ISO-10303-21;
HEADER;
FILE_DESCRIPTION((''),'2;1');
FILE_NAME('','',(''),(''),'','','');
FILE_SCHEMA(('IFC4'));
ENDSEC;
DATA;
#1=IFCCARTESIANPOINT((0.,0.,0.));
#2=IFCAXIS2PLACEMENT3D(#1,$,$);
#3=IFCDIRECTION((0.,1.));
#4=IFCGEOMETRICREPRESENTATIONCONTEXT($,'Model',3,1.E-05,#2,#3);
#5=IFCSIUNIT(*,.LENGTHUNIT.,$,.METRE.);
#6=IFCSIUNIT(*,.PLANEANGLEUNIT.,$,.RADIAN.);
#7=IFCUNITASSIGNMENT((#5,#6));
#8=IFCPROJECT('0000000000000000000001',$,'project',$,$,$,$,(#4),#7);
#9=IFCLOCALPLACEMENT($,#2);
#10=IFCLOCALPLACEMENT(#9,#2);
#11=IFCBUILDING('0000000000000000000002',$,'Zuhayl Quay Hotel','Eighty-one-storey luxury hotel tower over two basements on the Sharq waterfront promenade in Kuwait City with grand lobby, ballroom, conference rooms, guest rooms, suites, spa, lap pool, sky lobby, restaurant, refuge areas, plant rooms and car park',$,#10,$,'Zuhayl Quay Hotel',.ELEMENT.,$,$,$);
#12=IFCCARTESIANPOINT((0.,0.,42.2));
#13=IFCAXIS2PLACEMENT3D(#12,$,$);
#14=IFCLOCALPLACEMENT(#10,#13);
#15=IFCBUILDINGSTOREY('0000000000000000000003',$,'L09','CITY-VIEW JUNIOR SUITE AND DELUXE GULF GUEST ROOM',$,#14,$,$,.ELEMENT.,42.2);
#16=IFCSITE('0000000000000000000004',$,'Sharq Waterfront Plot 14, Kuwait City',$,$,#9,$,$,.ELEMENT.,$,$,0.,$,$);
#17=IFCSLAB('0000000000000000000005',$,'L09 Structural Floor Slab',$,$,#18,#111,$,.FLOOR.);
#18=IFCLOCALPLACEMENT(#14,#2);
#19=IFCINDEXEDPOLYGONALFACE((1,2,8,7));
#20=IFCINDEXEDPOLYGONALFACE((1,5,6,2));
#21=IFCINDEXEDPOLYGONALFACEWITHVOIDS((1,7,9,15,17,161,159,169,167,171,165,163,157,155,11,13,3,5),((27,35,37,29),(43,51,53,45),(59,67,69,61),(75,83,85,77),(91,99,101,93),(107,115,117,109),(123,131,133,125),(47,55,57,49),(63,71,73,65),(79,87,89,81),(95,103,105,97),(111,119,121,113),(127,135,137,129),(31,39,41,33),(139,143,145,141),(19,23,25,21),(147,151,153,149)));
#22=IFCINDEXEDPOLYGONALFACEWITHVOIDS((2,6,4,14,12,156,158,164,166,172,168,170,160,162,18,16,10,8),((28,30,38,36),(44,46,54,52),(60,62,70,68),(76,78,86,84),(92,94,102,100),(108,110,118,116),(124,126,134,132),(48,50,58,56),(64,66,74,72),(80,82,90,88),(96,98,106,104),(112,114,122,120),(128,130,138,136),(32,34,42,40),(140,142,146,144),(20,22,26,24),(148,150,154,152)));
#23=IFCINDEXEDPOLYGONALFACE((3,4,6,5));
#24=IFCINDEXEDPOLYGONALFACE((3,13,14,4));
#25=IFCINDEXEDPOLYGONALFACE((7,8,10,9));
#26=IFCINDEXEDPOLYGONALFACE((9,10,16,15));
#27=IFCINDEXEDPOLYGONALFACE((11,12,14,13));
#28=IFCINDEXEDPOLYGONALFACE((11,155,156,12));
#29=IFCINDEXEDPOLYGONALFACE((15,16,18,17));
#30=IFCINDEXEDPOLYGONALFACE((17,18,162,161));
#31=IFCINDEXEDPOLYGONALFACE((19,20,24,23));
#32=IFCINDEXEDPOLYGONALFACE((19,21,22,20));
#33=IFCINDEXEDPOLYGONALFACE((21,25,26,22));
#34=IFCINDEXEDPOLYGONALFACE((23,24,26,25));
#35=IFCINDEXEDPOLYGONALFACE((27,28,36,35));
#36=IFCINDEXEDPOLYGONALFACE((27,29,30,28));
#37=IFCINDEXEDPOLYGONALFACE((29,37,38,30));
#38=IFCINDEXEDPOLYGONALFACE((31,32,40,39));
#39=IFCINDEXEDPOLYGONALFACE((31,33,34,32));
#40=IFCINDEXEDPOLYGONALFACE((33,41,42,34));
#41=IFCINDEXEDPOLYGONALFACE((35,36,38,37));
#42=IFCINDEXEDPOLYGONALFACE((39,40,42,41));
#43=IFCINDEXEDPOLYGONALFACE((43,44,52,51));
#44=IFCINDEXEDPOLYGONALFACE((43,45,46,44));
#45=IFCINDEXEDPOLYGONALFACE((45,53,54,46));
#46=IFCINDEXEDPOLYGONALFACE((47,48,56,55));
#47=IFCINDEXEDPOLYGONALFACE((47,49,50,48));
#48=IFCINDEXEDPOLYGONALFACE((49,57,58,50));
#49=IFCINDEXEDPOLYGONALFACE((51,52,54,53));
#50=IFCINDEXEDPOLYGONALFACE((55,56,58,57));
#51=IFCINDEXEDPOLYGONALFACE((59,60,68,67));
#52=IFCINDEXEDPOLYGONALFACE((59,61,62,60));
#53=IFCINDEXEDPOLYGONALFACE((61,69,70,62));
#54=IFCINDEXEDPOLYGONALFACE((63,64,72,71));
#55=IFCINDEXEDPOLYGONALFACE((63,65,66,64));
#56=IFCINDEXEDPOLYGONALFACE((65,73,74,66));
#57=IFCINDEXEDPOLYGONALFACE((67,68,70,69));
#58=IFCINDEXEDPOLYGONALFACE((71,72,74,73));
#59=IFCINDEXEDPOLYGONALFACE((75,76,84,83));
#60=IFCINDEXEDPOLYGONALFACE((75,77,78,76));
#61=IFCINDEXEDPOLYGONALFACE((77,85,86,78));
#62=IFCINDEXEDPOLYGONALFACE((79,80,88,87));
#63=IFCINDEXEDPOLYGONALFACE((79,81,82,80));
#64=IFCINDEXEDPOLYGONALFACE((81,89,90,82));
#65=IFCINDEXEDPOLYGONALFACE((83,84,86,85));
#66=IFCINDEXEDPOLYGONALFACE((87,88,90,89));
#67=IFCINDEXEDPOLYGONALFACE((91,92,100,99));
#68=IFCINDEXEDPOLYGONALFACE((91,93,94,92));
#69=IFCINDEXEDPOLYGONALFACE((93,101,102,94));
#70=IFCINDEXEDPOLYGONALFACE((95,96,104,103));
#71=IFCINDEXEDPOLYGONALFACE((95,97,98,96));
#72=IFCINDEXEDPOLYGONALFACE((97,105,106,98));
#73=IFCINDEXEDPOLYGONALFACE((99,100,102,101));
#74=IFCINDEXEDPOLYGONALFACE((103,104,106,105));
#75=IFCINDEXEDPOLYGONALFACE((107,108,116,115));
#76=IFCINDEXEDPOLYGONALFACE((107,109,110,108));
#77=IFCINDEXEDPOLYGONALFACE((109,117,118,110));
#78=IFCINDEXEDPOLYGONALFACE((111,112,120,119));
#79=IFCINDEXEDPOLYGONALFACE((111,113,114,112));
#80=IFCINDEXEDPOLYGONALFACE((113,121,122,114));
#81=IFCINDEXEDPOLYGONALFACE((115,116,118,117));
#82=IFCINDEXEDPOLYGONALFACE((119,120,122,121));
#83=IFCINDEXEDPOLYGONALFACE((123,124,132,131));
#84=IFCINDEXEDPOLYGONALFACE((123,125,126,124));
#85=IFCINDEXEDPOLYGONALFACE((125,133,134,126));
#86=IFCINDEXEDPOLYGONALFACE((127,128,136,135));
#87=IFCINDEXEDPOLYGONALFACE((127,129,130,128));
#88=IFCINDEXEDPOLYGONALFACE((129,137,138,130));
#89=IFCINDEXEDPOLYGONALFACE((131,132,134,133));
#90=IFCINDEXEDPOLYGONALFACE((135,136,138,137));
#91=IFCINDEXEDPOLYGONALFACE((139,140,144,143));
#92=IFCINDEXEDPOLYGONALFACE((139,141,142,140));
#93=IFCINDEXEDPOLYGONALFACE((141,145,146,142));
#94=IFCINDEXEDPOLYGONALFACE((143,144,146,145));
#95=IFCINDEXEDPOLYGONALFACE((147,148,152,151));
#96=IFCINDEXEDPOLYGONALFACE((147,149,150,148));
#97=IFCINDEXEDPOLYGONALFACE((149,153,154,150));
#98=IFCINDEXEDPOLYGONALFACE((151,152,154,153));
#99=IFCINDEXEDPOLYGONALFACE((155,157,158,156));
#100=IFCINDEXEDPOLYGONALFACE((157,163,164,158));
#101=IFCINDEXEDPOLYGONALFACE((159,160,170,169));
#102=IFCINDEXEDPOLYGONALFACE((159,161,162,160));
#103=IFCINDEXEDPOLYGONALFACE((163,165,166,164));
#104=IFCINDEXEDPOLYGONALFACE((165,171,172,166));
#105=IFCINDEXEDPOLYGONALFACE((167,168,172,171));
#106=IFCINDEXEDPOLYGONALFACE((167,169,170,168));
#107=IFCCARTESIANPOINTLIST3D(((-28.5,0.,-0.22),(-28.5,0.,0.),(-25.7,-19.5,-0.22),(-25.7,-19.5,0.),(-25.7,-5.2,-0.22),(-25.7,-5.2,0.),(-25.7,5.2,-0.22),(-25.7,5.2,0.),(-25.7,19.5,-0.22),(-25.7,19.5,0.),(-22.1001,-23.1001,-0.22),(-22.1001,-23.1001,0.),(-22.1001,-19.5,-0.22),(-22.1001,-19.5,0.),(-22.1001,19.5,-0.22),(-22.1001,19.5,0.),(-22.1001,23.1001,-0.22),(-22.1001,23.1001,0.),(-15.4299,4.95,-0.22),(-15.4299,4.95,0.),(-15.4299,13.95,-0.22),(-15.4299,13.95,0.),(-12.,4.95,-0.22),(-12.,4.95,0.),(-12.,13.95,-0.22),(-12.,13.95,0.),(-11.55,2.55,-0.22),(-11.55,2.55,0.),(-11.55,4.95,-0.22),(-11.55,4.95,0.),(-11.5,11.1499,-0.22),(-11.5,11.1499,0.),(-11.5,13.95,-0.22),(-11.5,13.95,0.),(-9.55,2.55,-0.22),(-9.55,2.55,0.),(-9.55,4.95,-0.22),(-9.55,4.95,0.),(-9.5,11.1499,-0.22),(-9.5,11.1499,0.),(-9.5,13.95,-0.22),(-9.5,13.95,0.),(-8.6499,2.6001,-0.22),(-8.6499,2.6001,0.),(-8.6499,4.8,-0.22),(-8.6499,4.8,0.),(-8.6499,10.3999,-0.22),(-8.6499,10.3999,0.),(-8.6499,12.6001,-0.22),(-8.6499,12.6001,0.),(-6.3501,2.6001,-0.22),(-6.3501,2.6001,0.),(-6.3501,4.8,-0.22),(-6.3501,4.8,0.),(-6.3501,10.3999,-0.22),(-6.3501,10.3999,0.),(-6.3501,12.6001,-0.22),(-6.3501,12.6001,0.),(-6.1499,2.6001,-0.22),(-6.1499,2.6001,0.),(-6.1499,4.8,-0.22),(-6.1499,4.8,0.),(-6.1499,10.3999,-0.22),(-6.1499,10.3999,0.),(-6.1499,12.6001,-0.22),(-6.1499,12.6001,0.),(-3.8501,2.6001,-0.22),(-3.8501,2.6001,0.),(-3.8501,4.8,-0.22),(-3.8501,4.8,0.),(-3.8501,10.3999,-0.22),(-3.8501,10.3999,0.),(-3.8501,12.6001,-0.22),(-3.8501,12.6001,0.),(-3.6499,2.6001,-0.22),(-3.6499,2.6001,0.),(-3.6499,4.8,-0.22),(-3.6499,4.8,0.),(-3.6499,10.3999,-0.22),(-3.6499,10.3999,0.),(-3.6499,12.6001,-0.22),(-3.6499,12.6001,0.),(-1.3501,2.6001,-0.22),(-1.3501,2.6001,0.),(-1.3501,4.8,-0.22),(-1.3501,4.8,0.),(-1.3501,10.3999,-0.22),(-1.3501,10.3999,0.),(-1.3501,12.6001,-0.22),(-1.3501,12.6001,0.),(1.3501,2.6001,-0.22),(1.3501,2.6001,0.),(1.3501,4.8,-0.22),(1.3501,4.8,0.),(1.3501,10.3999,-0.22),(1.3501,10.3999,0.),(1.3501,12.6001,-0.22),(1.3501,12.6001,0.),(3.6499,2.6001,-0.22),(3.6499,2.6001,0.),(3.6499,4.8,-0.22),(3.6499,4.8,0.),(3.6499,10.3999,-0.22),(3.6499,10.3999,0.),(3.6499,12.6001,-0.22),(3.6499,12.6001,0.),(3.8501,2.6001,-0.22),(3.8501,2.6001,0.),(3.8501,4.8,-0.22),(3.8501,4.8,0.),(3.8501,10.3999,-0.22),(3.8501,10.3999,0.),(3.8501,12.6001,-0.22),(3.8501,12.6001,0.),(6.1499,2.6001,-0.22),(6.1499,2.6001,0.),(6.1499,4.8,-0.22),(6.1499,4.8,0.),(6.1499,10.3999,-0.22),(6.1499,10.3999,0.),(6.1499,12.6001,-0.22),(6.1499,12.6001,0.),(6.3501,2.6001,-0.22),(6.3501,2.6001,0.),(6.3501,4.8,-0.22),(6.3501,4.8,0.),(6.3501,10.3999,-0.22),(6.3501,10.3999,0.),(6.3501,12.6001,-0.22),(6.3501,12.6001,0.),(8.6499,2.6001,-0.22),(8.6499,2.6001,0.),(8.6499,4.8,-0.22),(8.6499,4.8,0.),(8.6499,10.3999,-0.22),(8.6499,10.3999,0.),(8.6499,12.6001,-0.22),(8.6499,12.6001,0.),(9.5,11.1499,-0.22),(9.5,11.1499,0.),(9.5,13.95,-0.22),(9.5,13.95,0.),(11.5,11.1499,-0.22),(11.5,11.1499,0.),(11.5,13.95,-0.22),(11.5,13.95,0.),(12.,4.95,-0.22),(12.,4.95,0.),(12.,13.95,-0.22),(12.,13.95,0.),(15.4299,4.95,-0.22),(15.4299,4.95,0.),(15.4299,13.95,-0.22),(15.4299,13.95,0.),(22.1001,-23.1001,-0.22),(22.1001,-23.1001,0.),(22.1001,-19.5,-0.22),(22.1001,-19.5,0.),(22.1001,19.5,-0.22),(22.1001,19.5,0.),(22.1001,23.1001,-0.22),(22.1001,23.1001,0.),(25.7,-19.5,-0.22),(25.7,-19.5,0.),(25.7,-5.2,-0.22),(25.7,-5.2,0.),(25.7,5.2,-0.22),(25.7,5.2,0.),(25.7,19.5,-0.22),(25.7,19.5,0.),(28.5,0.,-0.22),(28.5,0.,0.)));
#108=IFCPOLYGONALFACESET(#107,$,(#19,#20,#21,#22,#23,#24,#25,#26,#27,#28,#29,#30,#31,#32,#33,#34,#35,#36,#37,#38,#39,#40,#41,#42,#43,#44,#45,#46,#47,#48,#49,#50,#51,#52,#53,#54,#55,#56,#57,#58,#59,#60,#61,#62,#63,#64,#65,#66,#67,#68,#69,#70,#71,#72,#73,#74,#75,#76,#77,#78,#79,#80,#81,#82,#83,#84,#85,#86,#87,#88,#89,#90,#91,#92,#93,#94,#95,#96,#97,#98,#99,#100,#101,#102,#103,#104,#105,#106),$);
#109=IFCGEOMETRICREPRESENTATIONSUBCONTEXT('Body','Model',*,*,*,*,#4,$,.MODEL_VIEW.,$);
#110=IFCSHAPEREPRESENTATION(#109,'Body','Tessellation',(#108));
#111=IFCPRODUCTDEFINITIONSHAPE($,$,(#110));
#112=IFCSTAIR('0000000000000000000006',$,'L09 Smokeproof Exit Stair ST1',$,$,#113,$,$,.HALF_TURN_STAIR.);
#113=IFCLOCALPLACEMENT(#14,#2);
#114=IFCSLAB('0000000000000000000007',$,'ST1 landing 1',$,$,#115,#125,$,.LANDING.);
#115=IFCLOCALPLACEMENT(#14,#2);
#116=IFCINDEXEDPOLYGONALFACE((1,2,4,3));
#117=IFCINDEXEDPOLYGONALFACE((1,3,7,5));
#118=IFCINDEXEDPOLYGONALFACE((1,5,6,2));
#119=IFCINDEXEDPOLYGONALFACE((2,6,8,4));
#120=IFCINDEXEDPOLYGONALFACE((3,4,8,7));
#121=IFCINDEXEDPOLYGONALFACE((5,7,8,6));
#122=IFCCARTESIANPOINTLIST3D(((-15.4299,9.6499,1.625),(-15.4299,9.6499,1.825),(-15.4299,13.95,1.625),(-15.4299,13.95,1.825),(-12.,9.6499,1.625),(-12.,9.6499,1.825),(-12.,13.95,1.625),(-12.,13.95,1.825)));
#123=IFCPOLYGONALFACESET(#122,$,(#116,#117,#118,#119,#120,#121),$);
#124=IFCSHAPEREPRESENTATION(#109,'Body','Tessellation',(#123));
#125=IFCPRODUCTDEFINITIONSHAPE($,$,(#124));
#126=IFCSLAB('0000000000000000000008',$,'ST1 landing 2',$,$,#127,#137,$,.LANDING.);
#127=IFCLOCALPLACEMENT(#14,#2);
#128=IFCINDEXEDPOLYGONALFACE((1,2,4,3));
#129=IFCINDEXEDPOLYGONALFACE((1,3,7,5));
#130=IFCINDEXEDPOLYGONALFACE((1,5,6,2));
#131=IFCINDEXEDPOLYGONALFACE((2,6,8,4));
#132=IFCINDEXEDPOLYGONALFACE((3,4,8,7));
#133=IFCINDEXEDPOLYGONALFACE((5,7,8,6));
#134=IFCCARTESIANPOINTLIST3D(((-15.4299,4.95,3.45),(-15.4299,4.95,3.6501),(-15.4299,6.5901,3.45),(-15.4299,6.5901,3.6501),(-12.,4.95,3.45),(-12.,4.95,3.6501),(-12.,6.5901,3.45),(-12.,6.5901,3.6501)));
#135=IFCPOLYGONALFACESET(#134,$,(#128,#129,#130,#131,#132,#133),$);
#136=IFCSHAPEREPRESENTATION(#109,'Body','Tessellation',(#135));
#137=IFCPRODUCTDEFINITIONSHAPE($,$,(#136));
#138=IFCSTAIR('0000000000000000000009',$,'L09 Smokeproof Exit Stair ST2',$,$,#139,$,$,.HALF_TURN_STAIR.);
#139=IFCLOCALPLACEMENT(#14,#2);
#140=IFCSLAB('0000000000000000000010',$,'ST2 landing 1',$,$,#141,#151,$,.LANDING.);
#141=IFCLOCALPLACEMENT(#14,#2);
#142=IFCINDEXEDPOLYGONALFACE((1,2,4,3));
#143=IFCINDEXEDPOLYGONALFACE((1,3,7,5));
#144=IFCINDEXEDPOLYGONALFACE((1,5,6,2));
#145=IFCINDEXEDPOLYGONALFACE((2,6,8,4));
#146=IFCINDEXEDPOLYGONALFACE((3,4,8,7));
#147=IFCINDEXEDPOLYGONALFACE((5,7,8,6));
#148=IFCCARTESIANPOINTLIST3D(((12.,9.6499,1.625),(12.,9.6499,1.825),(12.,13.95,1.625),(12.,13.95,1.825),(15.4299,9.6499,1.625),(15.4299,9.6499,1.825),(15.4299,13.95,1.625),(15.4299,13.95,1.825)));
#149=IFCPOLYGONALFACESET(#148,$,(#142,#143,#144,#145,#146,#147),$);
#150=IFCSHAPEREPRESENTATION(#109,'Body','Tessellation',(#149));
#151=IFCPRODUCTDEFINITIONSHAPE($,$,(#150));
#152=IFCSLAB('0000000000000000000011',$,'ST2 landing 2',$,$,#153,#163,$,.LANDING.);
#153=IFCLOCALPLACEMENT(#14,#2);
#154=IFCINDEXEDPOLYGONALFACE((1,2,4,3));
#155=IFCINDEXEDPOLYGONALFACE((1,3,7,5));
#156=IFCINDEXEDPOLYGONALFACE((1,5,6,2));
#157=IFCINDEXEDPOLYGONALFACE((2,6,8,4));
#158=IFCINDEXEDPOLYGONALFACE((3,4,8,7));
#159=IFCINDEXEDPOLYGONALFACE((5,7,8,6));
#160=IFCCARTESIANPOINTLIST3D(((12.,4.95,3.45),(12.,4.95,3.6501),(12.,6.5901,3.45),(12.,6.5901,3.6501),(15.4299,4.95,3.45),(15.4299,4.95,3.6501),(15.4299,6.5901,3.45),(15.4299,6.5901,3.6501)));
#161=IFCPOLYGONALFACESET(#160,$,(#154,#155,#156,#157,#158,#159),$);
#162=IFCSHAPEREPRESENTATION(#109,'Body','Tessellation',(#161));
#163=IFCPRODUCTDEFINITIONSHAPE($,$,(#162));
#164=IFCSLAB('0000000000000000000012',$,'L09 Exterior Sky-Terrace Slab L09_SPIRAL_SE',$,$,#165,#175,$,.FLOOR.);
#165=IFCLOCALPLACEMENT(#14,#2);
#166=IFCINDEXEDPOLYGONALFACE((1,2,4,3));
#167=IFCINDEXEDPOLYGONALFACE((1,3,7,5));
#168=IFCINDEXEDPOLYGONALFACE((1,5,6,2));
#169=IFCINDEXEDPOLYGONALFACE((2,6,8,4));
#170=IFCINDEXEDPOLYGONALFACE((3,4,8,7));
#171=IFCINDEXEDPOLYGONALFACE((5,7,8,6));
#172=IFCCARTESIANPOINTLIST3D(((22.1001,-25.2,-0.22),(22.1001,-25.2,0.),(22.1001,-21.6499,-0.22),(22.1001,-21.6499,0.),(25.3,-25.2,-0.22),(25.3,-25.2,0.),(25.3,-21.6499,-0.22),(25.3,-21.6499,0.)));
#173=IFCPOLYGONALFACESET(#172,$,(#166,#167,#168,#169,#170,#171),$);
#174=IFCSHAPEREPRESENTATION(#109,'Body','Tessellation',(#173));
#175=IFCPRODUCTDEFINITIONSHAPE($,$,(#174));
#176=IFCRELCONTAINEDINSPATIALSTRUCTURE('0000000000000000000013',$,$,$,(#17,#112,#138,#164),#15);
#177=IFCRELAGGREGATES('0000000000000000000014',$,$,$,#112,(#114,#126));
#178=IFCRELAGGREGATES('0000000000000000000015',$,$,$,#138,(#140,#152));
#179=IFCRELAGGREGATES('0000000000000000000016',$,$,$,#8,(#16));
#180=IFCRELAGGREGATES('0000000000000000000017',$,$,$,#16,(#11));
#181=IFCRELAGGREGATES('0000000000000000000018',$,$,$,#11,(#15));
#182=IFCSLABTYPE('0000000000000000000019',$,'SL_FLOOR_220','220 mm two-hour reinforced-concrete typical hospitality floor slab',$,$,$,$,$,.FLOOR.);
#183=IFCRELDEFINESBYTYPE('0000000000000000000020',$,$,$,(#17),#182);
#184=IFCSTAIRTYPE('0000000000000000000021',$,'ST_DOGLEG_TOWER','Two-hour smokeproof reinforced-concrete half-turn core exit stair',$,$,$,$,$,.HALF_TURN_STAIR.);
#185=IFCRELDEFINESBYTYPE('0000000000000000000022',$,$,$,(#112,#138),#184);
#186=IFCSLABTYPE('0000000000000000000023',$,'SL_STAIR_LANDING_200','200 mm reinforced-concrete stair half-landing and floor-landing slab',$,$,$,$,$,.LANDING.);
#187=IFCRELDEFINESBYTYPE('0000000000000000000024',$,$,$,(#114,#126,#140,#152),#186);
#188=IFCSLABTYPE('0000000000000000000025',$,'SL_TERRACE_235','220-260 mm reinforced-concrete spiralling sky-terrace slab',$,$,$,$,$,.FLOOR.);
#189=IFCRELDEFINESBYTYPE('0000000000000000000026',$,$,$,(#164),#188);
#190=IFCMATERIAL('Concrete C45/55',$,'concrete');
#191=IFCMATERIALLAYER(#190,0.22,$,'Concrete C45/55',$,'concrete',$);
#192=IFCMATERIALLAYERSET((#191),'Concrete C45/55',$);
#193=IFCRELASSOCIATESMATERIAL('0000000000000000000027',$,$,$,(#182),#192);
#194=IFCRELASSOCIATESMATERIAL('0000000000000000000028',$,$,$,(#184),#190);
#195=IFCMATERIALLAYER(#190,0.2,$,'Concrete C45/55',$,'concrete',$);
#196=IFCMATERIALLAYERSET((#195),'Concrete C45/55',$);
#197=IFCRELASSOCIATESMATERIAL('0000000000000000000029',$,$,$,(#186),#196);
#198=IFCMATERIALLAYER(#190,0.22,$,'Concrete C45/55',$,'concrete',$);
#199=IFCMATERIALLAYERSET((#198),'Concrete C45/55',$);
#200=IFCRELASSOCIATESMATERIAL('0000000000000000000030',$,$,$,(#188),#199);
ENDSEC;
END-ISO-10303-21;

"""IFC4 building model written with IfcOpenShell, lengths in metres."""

from ifc_helpers import new_model, si_unit, direction, frame, origin, place, context, subcontext, project, spatial, polyline, outline, extrude, material, layer, layer_set, type_object, element, aggregate, save


model = new_model("IFC4")

# Units and contexts
model_context = context("Model", 3, precision=1e-05, world=origin(), true_north=direction((0.0, 1.0)))
body_context = subcontext(model_context, "Body", "Model", "MODEL_VIEW")
ifc_project = project(units=[si_unit("LENGTHUNIT", "METRE"), si_unit("PLANEANGLEUNIT", "RADIAN")], contexts=[model_context])

# Site, building, storey
site_placement = place(None, origin())
site = spatial("IfcSite", under=ifc_project, at=site_placement, Name="Sharq Waterfront Plot 14, Kuwait City", CompositionType="ELEMENT", RefElevation=0.0)
building_placement = place(site_placement, origin())
building = spatial("IfcBuilding", under=site, at=building_placement, Name="Zuhayl Quay Hotel", Description="Eighty-one-storey luxury hotel tower over two basements on the Sharq waterfront promenade in Kuwait City with grand lobby, ballroom, conference rooms, guest rooms, suites, spa, lap pool, sky lobby, restaurant, refuge areas, plant rooms and car park", LongName="Zuhayl Quay Hotel", CompositionType="ELEMENT")
storey_placement = place(building_placement, frame((0.0, 0.0, 42.2)))
storey = spatial("IfcBuildingStorey", under=building, at=storey_placement, Name="L09", Description="CITY-VIEW JUNIOR SUITE AND DELUXE GULF GUEST ROOM", CompositionType="ELEMENT", Elevation=42.2)

# Slab
ifc_material_1 = material(Name="Concrete C45/55", Category="concrete")
ifc_layer_1 = layer(ifc_material_1, 0.22, Name="Concrete C45/55", Category="concrete")
ifc_layer_set_1 = layer_set([ifc_layer_1], Name="Concrete C45/55")
slab_type_1 = type_object("IfcSlabType", Name="SL_FLOOR_220", Description="220 mm two-hour reinforced-concrete typical hospitality floor slab", PredefinedType="FLOOR", material=ifc_layer_set_1)
slab_1_placement = place(storey_placement, frame((0.0, 0.0, -0.22)))
element("IfcSlab", 1, at=slab_1_placement, inside=storey, type_object=slab_type_1, Name="L09 Structural Floor Slab", PredefinedType="FLOOR", context=body_context, shape_type="SweptSolid", body=[
    extrude(outline(polyline([(-22.1001, -23.1001), (22.1001, -23.1001), (22.1001, -19.5), (25.7, -19.5), (25.7, -5.2), (28.5, 0.0), (25.7, 5.2), (25.7, 19.5), (22.1001, 19.5), (22.1001, 23.1001), (-22.1001, 23.1001), (-22.1001, 19.5), (-25.7, 19.5), (-25.7, 5.2), (-28.5, 0.0), (-25.7, -5.2), (-25.7, -19.5), (-22.1001, -19.5), (-22.1001, -23.1001)]), holes=[polyline([(-12.0, 4.95), (-12.0, 13.95), (-15.4299, 13.95), (-15.4299, 4.95), (-12.0, 4.95)]), polyline([(15.4299, 4.95), (15.4299, 13.95), (12.0, 13.95), (12.0, 4.95), (15.4299, 4.95)]), polyline([(-11.5, 11.1499), (-9.5, 11.1499), (-9.5, 13.95), (-11.5, 13.95), (-11.5, 11.1499)]), polyline([(9.5, 11.1499), (11.5, 11.1499), (11.5, 13.95), (9.5, 13.95), (9.5, 11.1499)]), polyline([(-8.6499, 2.6001), (-6.3501, 2.6001), (-6.3501, 4.8), (-8.6499, 4.8), (-8.6499, 2.6001)]), polyline([(-6.1499, 2.6001), (-3.8501, 2.6001), (-3.8501, 4.8), (-6.1499, 4.8), (-6.1499, 2.6001)]), polyline([(-8.6499, 10.3999), (-6.3501, 10.3999), (-6.3501, 12.6001), (-8.6499, 12.6001), (-8.6499, 10.3999)]), polyline([(-6.1499, 10.3999), (-3.8501, 10.3999), (-3.8501, 12.6001), (-6.1499, 12.6001), (-6.1499, 10.3999)]), polyline([(-3.6499, 2.6001), (-1.3501, 2.6001), (-1.3501, 4.8), (-3.6499, 4.8), (-3.6499, 2.6001)]), polyline([(1.3501, 2.6001), (3.6499, 2.6001), (3.6499, 4.8), (1.3501, 4.8), (1.3501, 2.6001)]), polyline([(-3.6499, 10.3999), (-1.3501, 10.3999), (-1.3501, 12.6001), (-3.6499, 12.6001), (-3.6499, 10.3999)]), polyline([(1.3501, 10.3999), (3.6499, 10.3999), (3.6499, 12.6001), (1.3501, 12.6001), (1.3501, 10.3999)]), polyline([(3.8501, 2.6001), (6.1499, 2.6001), (6.1499, 4.8), (3.8501, 4.8), (3.8501, 2.6001)]), polyline([(6.3501, 2.6001), (8.6499, 2.6001), (8.6499, 4.8), (6.3501, 4.8), (6.3501, 2.6001)]), polyline([(3.8501, 10.3999), (6.1499, 10.3999), (6.1499, 12.6001), (3.8501, 12.6001), (3.8501, 10.3999)]), polyline([(6.3501, 10.3999), (8.6499, 10.3999), (8.6499, 12.6001), (6.3501, 12.6001), (6.3501, 10.3999)]), polyline([(-11.55, 2.55), (-9.55, 2.55), (-9.55, 4.95), (-11.55, 4.95), (-11.55, 2.55)])]), origin(), (0.0, 0.0, 1.0), 0.22),
])

# Stairs, slabs
stair_type = type_object("IfcStairType", Name="ST_DOGLEG_TOWER", Description="Two-hour smokeproof reinforced-concrete half-turn core exit stair", PredefinedType="HALF_TURN_STAIR", material=ifc_material_1)
stair_1_placement = place(storey_placement, origin())
stair_1 = element("IfcStair", 2, at=stair_1_placement, inside=storey, type_object=stair_type, Name="L09 Smokeproof Exit Stair ST1", PredefinedType="HALF_TURN_STAIR")
ifc_layer_2 = layer(ifc_material_1, 0.2, Name="Concrete C45/55", Category="concrete")
ifc_layer_set_2 = layer_set([ifc_layer_2], Name="Concrete C45/55")
slab_type_2 = type_object("IfcSlabType", Name="SL_STAIR_LANDING_200", Description="200 mm reinforced-concrete stair half-landing and floor-landing slab", PredefinedType="LANDING", material=ifc_layer_set_2)
slab_2_placement = place(storey_placement, frame((0.0, 0.0, 1.625)))
slab_2 = element("IfcSlab", 3, at=slab_2_placement, type_object=slab_type_2, Name="ST1 landing 1", PredefinedType="LANDING", context=body_context, shape_type="SweptSolid", body=[
    extrude(outline(polyline([(-12.0, 9.6499), (-12.0, 13.95), (-15.4299, 13.95), (-15.4299, 9.6499), (-12.0, 9.6499)])), origin(), (0.0, 0.0, 1.0), 0.2),
])
slab_3_placement = place(storey_placement, frame((0.0, 0.0, 3.45)))
slab_3 = element("IfcSlab", 4, at=slab_3_placement, type_object=slab_type_2, Name="ST1 landing 2", PredefinedType="LANDING", context=body_context, shape_type="SweptSolid", body=[
    extrude(outline(polyline([(-12.0, 4.95), (-12.0, 6.5901), (-15.4299, 6.5901), (-15.4299, 4.95), (-12.0, 4.95)])), origin(), (0.0, 0.0, 1.0), 0.2002),
])
aggregate(stair_1, [slab_2, slab_3])
stair_2_placement = place(storey_placement, origin())
stair_2 = element("IfcStair", 5, at=stair_2_placement, inside=storey, type_object=stair_type, Name="L09 Smokeproof Exit Stair ST2", PredefinedType="HALF_TURN_STAIR")
slab_4_placement = place(storey_placement, frame((0.0, 0.0, 1.625)))
slab_4 = element("IfcSlab", 6, at=slab_4_placement, type_object=slab_type_2, Name="ST2 landing 1", PredefinedType="LANDING", context=body_context, shape_type="SweptSolid", body=[
    extrude(outline(polyline([(15.4299, 9.6499), (15.4299, 13.95), (12.0, 13.95), (12.0, 9.6499), (15.4299, 9.6499)])), origin(), (0.0, 0.0, 1.0), 0.2),
])
slab_5_placement = place(storey_placement, frame((0.0, 0.0, 3.45)))
slab_5 = element("IfcSlab", 7, at=slab_5_placement, type_object=slab_type_2, Name="ST2 landing 2", PredefinedType="LANDING", context=body_context, shape_type="SweptSolid", body=[
    extrude(outline(polyline([(15.4299, 4.95), (15.4299, 6.5901), (12.0, 6.5901), (12.0, 4.95), (15.4299, 4.95)])), origin(), (0.0, 0.0, 1.0), 0.2002),
])
aggregate(stair_2, [slab_4, slab_5])

# Slab
ifc_layer_3 = layer(ifc_material_1, 0.22, Name="Concrete C45/55", Category="concrete")
ifc_layer_set_3 = layer_set([ifc_layer_3], Name="Concrete C45/55")
slab_type_3 = type_object("IfcSlabType", Name="SL_TERRACE_235", Description="220-260 mm reinforced-concrete spiralling sky-terrace slab", PredefinedType="FLOOR", material=ifc_layer_set_3)
slab_6_placement = place(storey_placement, frame((0.0, 0.0, -0.22)))
element("IfcSlab", 8, at=slab_6_placement, inside=storey, type_object=slab_type_3, Name="L09 Exterior Sky-Terrace Slab L09_SPIRAL_SE", PredefinedType="FLOOR", context=body_context, shape_type="SweptSolid", body=[
    extrude(outline(polyline([(22.1001, -25.2), (25.3, -25.2), (25.3, -21.6499), (22.1001, -21.6499), (22.1001, -25.2)])), origin(), (0.0, 0.0, 1.0), 0.22),
])

save(model, "model.ifc")
